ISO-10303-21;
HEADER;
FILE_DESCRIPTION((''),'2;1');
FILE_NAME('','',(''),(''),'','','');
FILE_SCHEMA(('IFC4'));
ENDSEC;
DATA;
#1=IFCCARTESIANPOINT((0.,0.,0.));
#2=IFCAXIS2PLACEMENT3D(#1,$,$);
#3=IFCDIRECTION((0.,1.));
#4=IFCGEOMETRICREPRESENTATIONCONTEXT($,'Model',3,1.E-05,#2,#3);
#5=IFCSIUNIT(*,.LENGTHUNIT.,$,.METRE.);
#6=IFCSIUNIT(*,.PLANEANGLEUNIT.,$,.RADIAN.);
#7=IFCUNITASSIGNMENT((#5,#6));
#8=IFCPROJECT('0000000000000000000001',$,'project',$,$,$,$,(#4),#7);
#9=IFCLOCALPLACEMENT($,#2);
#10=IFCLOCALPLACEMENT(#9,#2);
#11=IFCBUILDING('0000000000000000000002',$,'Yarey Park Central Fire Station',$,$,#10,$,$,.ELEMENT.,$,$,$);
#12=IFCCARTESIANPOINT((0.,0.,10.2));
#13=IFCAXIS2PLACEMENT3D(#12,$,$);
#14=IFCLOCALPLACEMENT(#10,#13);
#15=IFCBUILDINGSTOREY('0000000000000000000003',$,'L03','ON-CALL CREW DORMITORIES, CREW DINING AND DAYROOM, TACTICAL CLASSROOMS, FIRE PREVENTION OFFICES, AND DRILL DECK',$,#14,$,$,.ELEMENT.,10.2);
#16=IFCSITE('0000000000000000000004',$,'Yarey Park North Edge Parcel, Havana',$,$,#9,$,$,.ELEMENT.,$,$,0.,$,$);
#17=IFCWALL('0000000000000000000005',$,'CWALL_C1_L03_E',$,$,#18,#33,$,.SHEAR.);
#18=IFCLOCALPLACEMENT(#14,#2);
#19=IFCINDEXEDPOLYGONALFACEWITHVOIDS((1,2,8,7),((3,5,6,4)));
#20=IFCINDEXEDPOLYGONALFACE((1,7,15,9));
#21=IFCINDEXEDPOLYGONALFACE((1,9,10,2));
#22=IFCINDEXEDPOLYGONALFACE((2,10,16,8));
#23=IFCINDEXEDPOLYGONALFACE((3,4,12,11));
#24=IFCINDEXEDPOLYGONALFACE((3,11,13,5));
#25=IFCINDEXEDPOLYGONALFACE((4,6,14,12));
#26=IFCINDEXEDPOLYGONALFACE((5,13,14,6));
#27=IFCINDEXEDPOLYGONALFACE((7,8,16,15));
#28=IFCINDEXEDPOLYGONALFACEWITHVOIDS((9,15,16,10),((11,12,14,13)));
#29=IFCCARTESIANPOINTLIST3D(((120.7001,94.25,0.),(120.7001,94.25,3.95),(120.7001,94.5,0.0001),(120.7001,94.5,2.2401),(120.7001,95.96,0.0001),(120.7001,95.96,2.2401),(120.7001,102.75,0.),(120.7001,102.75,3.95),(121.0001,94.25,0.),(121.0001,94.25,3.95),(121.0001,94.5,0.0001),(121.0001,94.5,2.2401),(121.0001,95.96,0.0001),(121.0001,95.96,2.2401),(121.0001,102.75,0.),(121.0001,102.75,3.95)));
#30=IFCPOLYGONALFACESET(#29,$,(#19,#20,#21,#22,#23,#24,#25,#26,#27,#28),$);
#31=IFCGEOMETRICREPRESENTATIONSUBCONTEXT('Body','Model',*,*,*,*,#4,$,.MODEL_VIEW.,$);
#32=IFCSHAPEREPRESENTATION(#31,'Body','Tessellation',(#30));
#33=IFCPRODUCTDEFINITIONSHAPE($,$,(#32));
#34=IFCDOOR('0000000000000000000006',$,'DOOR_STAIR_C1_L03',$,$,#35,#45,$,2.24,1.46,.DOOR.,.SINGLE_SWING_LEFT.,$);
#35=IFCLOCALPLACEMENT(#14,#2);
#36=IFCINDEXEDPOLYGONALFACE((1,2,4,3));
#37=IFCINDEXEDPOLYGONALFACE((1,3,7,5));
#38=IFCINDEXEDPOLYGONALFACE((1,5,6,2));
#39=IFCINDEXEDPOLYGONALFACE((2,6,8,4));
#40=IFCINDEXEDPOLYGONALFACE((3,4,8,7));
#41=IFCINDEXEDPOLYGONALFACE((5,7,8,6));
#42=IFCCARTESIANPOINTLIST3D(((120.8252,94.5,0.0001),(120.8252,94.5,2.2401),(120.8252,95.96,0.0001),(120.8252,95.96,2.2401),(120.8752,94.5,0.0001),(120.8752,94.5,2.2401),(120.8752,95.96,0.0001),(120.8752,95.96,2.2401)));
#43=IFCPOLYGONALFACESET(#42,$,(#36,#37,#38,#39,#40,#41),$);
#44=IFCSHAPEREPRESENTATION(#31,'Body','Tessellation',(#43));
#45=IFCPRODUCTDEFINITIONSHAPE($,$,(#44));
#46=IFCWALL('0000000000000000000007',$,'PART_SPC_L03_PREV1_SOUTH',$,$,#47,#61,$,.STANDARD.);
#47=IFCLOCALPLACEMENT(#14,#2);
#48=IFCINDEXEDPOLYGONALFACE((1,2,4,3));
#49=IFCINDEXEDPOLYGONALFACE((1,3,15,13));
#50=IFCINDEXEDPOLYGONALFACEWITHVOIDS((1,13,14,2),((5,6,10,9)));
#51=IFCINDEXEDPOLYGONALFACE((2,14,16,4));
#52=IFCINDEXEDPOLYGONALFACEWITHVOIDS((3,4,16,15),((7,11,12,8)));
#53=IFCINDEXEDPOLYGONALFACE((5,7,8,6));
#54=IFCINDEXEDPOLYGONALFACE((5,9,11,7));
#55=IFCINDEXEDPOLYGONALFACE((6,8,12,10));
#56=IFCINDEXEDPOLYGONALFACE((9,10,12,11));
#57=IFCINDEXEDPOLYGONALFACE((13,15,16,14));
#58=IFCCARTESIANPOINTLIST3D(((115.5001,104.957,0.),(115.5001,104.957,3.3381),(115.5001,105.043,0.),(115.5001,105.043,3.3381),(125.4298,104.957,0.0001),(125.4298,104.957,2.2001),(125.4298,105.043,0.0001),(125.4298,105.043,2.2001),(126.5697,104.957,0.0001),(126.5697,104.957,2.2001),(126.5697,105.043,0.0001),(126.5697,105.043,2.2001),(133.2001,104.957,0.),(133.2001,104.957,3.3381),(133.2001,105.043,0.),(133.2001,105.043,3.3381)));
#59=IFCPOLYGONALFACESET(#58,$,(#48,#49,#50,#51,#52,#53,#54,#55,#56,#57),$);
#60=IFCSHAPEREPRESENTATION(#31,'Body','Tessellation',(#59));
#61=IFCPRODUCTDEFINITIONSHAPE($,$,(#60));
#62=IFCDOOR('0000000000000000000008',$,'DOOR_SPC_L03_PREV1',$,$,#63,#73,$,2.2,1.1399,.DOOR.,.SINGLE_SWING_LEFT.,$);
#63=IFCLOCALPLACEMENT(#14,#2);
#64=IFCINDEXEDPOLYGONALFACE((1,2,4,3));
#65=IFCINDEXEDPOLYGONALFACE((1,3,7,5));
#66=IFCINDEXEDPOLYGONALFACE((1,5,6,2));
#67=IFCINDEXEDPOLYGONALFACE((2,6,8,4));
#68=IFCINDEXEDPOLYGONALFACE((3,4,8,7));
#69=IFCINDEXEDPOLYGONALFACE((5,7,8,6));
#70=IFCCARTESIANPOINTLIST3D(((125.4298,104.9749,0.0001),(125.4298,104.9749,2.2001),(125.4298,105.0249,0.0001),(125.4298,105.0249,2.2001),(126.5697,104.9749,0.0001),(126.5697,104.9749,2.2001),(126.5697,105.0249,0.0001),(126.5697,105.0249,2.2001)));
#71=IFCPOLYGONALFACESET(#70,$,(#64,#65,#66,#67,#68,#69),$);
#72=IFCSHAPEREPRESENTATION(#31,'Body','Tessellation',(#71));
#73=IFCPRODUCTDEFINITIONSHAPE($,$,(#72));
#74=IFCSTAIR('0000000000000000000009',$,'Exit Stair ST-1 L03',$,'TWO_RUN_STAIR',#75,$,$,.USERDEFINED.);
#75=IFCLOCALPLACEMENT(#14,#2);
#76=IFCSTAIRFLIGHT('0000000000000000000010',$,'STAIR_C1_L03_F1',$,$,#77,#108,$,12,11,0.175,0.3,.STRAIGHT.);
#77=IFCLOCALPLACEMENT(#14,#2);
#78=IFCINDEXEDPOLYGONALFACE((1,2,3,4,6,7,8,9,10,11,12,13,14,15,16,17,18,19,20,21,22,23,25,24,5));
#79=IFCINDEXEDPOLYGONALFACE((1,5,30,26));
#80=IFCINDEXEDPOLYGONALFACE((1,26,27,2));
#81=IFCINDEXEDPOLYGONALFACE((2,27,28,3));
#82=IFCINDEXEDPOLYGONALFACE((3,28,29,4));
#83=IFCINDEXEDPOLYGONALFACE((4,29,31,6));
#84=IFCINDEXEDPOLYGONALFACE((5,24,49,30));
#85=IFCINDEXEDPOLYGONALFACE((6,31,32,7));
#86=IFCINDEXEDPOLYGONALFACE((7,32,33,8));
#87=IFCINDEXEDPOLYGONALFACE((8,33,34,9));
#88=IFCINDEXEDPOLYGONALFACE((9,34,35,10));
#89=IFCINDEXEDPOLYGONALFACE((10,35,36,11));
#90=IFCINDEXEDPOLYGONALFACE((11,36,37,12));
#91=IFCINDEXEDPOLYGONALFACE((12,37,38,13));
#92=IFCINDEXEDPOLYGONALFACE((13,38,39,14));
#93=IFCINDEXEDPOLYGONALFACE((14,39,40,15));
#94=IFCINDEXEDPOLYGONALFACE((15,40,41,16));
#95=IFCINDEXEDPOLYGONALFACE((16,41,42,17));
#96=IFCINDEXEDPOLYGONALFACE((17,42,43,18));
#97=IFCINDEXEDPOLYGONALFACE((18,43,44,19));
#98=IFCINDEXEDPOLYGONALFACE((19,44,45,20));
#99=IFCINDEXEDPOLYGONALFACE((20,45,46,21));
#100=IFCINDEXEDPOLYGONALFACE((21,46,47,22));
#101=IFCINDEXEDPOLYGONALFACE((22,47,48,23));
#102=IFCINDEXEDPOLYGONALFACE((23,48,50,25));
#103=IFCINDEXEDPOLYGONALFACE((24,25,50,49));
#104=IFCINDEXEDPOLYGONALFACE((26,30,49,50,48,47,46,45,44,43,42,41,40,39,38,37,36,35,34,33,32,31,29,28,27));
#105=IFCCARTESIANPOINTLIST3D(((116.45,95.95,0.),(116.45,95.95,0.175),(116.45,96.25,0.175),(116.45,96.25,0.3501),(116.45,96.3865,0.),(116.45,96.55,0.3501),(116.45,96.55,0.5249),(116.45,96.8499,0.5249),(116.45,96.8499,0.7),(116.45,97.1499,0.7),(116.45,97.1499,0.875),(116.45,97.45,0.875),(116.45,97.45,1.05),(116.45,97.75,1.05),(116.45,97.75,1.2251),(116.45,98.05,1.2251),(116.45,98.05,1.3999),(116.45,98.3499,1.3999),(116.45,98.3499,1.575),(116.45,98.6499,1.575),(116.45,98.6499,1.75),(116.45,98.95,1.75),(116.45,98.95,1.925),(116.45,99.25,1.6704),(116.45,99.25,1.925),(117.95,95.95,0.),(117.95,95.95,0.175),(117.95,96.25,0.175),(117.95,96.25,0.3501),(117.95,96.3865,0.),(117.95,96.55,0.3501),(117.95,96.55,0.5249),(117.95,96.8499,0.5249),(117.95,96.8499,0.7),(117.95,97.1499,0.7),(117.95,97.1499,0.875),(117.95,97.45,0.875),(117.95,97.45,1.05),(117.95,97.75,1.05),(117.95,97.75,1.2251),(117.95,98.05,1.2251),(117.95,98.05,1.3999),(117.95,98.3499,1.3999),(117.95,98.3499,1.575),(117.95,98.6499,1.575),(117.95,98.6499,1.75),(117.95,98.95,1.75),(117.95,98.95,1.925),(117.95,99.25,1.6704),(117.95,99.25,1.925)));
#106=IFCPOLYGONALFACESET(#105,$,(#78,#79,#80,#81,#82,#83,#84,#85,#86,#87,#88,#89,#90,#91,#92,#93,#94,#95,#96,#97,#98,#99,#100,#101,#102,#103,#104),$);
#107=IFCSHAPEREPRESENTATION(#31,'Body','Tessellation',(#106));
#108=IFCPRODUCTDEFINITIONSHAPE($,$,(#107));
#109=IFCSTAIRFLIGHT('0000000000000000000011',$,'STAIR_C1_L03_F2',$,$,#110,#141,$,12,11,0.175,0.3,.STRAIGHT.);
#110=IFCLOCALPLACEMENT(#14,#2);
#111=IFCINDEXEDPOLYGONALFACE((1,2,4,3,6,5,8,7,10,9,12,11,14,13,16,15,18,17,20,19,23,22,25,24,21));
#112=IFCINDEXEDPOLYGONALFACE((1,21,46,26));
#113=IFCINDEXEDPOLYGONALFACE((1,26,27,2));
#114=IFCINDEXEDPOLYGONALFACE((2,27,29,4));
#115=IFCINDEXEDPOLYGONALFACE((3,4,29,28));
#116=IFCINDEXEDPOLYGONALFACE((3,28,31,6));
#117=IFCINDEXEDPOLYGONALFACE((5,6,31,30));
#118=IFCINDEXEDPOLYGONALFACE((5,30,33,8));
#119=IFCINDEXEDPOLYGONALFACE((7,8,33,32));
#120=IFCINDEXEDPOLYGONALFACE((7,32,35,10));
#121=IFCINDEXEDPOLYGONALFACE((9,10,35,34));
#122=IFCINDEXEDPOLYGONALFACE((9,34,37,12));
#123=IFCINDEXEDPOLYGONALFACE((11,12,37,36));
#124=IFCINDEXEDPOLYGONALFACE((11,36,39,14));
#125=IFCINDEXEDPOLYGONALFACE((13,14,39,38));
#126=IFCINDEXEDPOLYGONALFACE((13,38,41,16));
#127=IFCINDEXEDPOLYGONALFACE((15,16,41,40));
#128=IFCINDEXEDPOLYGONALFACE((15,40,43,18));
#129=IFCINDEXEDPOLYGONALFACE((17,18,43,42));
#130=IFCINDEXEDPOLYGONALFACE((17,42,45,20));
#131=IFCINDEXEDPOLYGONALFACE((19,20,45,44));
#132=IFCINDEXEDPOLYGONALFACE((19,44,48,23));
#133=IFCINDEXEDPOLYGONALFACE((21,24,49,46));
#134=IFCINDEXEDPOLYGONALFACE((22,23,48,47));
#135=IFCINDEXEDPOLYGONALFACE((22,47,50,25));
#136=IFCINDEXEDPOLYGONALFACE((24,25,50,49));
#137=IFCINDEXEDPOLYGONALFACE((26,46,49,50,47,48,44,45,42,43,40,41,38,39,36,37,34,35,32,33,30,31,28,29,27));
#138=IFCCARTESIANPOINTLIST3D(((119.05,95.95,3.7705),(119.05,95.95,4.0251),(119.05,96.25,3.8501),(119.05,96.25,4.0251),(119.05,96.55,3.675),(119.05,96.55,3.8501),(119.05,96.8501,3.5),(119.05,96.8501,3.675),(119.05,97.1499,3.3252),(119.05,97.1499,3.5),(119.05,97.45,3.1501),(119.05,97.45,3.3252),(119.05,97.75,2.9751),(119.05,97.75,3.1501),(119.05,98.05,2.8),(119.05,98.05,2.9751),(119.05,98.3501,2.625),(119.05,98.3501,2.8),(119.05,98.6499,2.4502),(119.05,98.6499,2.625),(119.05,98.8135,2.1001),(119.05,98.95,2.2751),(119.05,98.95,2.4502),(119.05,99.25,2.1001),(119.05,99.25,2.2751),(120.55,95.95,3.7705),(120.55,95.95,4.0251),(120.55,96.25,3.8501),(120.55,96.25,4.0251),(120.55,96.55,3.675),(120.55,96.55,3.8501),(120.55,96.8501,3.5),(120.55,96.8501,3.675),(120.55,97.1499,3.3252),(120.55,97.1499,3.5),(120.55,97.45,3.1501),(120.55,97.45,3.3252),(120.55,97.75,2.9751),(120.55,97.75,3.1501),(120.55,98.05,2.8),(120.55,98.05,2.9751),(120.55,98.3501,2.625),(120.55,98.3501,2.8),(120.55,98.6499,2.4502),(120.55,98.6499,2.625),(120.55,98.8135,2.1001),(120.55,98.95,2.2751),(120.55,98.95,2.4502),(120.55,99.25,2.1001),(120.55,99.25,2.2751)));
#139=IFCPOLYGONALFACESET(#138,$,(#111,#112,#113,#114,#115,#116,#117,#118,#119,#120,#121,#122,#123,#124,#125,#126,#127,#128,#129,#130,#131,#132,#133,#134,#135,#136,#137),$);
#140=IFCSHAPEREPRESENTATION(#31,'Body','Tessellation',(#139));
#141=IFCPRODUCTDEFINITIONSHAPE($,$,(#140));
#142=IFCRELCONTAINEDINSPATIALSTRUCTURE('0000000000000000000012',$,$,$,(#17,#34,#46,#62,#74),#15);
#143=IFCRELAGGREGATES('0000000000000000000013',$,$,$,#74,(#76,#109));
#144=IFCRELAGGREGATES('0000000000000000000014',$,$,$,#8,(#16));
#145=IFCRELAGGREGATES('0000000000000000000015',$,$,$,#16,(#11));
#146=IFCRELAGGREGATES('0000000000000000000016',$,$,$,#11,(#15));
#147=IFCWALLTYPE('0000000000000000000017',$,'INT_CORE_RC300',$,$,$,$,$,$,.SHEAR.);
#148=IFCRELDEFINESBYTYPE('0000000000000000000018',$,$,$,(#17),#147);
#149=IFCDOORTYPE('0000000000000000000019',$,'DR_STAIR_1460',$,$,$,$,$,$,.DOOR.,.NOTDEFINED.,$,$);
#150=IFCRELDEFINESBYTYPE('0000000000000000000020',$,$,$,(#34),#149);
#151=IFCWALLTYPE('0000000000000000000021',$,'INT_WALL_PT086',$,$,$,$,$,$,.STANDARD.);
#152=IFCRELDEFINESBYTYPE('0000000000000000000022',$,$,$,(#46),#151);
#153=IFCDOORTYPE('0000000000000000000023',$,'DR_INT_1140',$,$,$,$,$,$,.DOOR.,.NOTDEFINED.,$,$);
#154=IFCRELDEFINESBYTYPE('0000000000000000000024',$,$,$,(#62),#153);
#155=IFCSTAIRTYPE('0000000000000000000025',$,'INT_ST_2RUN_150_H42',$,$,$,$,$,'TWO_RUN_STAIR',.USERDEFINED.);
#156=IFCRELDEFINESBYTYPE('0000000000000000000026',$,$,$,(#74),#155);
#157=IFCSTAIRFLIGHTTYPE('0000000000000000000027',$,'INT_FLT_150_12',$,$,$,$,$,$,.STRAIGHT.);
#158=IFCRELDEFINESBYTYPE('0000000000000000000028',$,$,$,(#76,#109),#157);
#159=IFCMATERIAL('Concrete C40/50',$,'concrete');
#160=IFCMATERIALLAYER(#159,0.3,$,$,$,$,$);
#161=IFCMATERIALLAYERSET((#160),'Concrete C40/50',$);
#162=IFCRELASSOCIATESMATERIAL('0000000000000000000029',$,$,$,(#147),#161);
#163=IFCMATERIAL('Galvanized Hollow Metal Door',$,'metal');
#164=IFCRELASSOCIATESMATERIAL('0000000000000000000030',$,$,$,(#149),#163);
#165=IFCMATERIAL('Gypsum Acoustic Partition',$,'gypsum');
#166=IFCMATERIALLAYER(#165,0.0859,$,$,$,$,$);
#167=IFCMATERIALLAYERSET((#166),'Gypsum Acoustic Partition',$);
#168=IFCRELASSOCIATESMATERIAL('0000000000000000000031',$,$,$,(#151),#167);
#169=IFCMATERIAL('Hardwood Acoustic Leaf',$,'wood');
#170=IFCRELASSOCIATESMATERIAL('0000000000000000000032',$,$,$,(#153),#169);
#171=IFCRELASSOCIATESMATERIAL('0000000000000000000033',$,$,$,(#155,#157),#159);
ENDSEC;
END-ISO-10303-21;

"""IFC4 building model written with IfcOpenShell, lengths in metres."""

from ifc_helpers import new_model, si_unit, direction, frame, frame_2d, origin, place, context, subcontext, project, spatial, polyline, rectangle, outline, extrude, material, layer, layer_set, type_object, element, fill, aggregate, save


model = new_model("IFC4")

# Units and contexts
model_context = context("Model", 3, precision=1e-05, world=origin(), true_north=direction((0.0, 1.0)))
body_context = subcontext(model_context, "Body", "Model", "MODEL_VIEW")
ifc_project = project(units=[si_unit("LENGTHUNIT", "METRE"), si_unit("PLANEANGLEUNIT", "RADIAN")], contexts=[model_context])

# Site, building, storey
site_placement = place(None, origin())
site = spatial("IfcSite", under=ifc_project, at=site_placement, Name="Yarey Park North Edge Parcel, Havana", CompositionType="ELEMENT", RefElevation=0.0)
building_placement = place(site_placement, origin())
building = spatial("IfcBuilding", under=site, at=building_placement, Name="Yarey Park Central Fire Station", CompositionType="ELEMENT")
storey_placement = place(building_placement, frame((0.0, 0.0, 10.2)))
storey = spatial("IfcBuildingStorey", under=building, at=storey_placement, Name="L03", Description="ON-CALL CREW DORMITORIES, CREW DINING AND DAYROOM, TACTICAL CLASSROOMS, FIRE PREVENTION OFFICES, AND DRILL DECK", CompositionType="ELEMENT", Elevation=10.2)

# Shared definitions
ifc_material_1 = material(Name="Concrete C40/50", Category="concrete")

# Shared definitions
ifc_layer_1 = layer(ifc_material_1, 0.3)
ifc_layer_set_1 = layer_set([ifc_layer_1], Name="Concrete C40/50")
wall_type_1 = type_object("IfcWallType", Name="INT_CORE_RC300", PredefinedType="SHEAR", material=ifc_layer_set_1)

# Walls, openings, doors
wall_1_placement = place(storey_placement, frame((120.8501, 94.25, 0.0), z_axis=(0.0, 0.0, 1.0), x_axis=(0.0, 1.0, 0.0)))
wall_1 = element("IfcWall", 1, at=wall_1_placement, inside=storey, type_object=wall_type_1, Name="CWALL_C1_L03_E", PredefinedType="SHEAR", context=body_context, shape_type="SweptSolid", body=[
    extrude(rectangle(XDim=8.5, YDim=0.3, at=frame_2d((4.25, 0.0))), origin(), (0.0, 0.0, 1.0), 3.95),
])
opening_1_placement = place(wall_1_placement, frame((0.25, 0.0, 0.0)))
opening_1 = element("IfcOpeningElement", 2, at=opening_1_placement, cuts=wall_1, PredefinedType="OPENING", context=body_context, shape_type="SweptSolid", body=[
    extrude(rectangle(XDim=1.46, YDim=2.24, at=frame_2d((0.73, 1.1201))), frame((0.0, 0.1599, 0.0), z_axis=(0.0, -1.0, 0.0), x_axis=(1.0, 0.0, 0.0)), (0.0, 0.0, 1.0), 0.3201),
])
ifc_material_2 = material(Name="Galvanized Hollow Metal Door", Category="metal")
door_type_1 = type_object("IfcDoorType", Name="DR_STAIR_1460", OperationType="NOTDEFINED", PredefinedType="DOOR", material=ifc_material_2)
door_1_placement = place(opening_1_placement, origin())
door_1 = element("IfcDoor", 3, at=door_1_placement, inside=storey, type_object=door_type_1, Name="DOOR_STAIR_C1_L03", OperationType="SINGLE_SWING_LEFT", OverallHeight=2.24, OverallWidth=1.46, PredefinedType="DOOR", context=body_context, shape_type="SweptSolid", body=[
    extrude(rectangle(XDim=1.46, YDim=2.24, at=frame_2d((0.73, 1.1201))), frame((0.0, 0.0249, 0.0), z_axis=(0.0, -1.0, 0.0), x_axis=(1.0, 0.0, 0.0)), (0.0, 0.0, 1.0), 0.05),
])
fill(opening_1, door_1)
ifc_material_3 = material(Name="Gypsum Acoustic Partition", Category="gypsum")
ifc_layer_2 = layer(ifc_material_3, 0.0859)
ifc_layer_set_2 = layer_set([ifc_layer_2], Name="Gypsum Acoustic Partition")
wall_type_2 = type_object("IfcWallType", Name="INT_WALL_PT086", PredefinedType="STANDARD", material=ifc_layer_set_2)
wall_2_placement = place(storey_placement, frame((115.5, 105.0, 0.0), z_axis=(0.0, 0.0, 1.0), x_axis=(1.0, 0.0, 0.0)))
wall_2 = element("IfcWall", 4, at=wall_2_placement, inside=storey, type_object=wall_type_2, Name="PART_SPC_L03_PREV1_SOUTH", PredefinedType="STANDARD", context=body_context, shape_type="SweptSolid", body=[
    extrude(rectangle(XDim=17.7, YDim=0.0859, at=frame_2d((8.8501, 0.0))), origin(), (0.0, 0.0, 1.0), 3.3381),
])
opening_2_placement = place(wall_2_placement, frame((9.9299, 0.0, 0.0)))
opening_2 = element("IfcOpeningElement", 5, at=opening_2_placement, cuts=wall_2, PredefinedType="OPENING", context=body_context, shape_type="SweptSolid", body=[
    extrude(rectangle(XDim=1.1399, YDim=2.2, at=frame_2d((0.5698, 1.1001))), frame((0.0, 0.053, 0.0), z_axis=(0.0, -1.0, 0.0), x_axis=(1.0, 0.0, 0.0)), (0.0, 0.0, 1.0), 0.106),
])
ifc_material_4 = material(Name="Hardwood Acoustic Leaf", Category="wood")
door_type_2 = type_object("IfcDoorType", Name="DR_INT_1140", OperationType="NOTDEFINED", PredefinedType="DOOR", material=ifc_material_4)
door_2_placement = place(opening_2_placement, origin())
door_2 = element("IfcDoor", 6, at=door_2_placement, inside=storey, type_object=door_type_2, Name="DOOR_SPC_L03_PREV1", OperationType="SINGLE_SWING_LEFT", OverallHeight=2.2, OverallWidth=1.1399, PredefinedType="DOOR", context=body_context, shape_type="SweptSolid", body=[
    extrude(rectangle(XDim=1.1399, YDim=2.2, at=frame_2d((0.5698, 1.1001))), frame((0.0, 0.0249, 0.0), z_axis=(0.0, -1.0, 0.0), x_axis=(1.0, 0.0, 0.0)), (0.0, 0.0, 1.0), 0.05),
])
fill(opening_2, door_2)

# Stair, stair flights
stair_type = type_object("IfcStairType", Name="INT_ST_2RUN_150_H42", ElementType="TWO_RUN_STAIR", PredefinedType="USERDEFINED", material=ifc_material_1)
stair_placement = place(storey_placement, origin())
stair = element("IfcStair", 7, at=stair_placement, inside=storey, type_object=stair_type, Name="Exit Stair ST-1 L03", ObjectType="TWO_RUN_STAIR", PredefinedType="USERDEFINED")
stair_flight_type = type_object("IfcStairFlightType", Name="INT_FLT_150_12", PredefinedType="STRAIGHT", material=ifc_material_1)
stair_flight_1_placement = place(storey_placement, frame((117.2, 95.95, 0.0), z_axis=(0.0, 0.0, 1.0), x_axis=(0.0, 1.0, 0.0)))
stair_flight_1 = element("IfcStairFlight", 8, at=stair_flight_1_placement, type_object=stair_flight_type, Name="STAIR_C1_L03_F1", NumberOfRisers=12, NumberOfTreads=11, PredefinedType="STRAIGHT", RiserHeight=0.175, TreadLength=0.3, context=body_context, shape_type="SweptSolid", body=[
    extrude(outline(polyline([(0.0, 0.0), (0.0, 0.175), (0.3, 0.175), (0.3, 0.3501), (0.6001, 0.3501), (0.6001, 0.5249), (0.8999, 0.5249), (0.8999, 0.7), (1.2, 0.7), (1.2, 0.875), (1.5, 0.875), (1.5, 1.05), (1.8, 1.05), (1.8, 1.2251), (2.1001, 1.2251), (2.1001, 1.3999), (2.3999, 1.3999), (2.3999, 1.575), (2.7, 1.575), (2.7, 1.75), (3.0, 1.75), (3.0, 1.925), (3.3, 1.925), (3.3, 2.1001), (3.3, 1.6704), (0.4365, 0.0), (0.0, 0.0)])), frame((0.0, 0.75, 0.0), z_axis=(0.0, -1.0, 0.0), x_axis=(1.0, 0.0, 0.0)), (0.0, 0.0, 1.0), 1.5),
])
stair_flight_2_placement = place(storey_placement, frame((119.8, 99.25, 2.1001), z_axis=(0.0, 0.0, 1.0), x_axis=(0.0, -1.0, 0.0)))
stair_flight_2 = element("IfcStairFlight", 9, at=stair_flight_2_placement, type_object=stair_flight_type, Name="STAIR_C1_L03_F2", NumberOfRisers=12, NumberOfTreads=11, PredefinedType="STRAIGHT", RiserHeight=0.175, TreadLength=0.3, context=body_context, shape_type="SweptSolid", body=[
    extrude(outline(polyline([(0.0, 0.0), (0.0, 0.175), (0.3, 0.175), (0.3, 0.3501), (0.6001, 0.3501), (0.6001, 0.5249), (0.8999, 0.5249), (0.8999, 0.7), (1.2, 0.7), (1.2, 0.875), (1.5, 0.875), (1.5, 1.05), (1.8, 1.05), (1.8, 1.2251), (2.1001, 1.2251), (2.1001, 1.3999), (2.3999, 1.3999), (2.3999, 1.575), (2.7, 1.575), (2.7, 1.75), (3.0, 1.75), (3.0, 1.925), (3.3, 1.925), (3.3, 2.1001), (3.3, 1.6704), (0.4365, 0.0), (0.0, 0.0)])), frame((0.0, 0.75, 0.0), z_axis=(0.0, -1.0, 0.0), x_axis=(1.0, 0.0, 0.0)), (0.0, 0.0, 1.0), 1.5),
])
aggregate(stair, [stair_flight_1, stair_flight_2])

save(model, "model.ifc")
